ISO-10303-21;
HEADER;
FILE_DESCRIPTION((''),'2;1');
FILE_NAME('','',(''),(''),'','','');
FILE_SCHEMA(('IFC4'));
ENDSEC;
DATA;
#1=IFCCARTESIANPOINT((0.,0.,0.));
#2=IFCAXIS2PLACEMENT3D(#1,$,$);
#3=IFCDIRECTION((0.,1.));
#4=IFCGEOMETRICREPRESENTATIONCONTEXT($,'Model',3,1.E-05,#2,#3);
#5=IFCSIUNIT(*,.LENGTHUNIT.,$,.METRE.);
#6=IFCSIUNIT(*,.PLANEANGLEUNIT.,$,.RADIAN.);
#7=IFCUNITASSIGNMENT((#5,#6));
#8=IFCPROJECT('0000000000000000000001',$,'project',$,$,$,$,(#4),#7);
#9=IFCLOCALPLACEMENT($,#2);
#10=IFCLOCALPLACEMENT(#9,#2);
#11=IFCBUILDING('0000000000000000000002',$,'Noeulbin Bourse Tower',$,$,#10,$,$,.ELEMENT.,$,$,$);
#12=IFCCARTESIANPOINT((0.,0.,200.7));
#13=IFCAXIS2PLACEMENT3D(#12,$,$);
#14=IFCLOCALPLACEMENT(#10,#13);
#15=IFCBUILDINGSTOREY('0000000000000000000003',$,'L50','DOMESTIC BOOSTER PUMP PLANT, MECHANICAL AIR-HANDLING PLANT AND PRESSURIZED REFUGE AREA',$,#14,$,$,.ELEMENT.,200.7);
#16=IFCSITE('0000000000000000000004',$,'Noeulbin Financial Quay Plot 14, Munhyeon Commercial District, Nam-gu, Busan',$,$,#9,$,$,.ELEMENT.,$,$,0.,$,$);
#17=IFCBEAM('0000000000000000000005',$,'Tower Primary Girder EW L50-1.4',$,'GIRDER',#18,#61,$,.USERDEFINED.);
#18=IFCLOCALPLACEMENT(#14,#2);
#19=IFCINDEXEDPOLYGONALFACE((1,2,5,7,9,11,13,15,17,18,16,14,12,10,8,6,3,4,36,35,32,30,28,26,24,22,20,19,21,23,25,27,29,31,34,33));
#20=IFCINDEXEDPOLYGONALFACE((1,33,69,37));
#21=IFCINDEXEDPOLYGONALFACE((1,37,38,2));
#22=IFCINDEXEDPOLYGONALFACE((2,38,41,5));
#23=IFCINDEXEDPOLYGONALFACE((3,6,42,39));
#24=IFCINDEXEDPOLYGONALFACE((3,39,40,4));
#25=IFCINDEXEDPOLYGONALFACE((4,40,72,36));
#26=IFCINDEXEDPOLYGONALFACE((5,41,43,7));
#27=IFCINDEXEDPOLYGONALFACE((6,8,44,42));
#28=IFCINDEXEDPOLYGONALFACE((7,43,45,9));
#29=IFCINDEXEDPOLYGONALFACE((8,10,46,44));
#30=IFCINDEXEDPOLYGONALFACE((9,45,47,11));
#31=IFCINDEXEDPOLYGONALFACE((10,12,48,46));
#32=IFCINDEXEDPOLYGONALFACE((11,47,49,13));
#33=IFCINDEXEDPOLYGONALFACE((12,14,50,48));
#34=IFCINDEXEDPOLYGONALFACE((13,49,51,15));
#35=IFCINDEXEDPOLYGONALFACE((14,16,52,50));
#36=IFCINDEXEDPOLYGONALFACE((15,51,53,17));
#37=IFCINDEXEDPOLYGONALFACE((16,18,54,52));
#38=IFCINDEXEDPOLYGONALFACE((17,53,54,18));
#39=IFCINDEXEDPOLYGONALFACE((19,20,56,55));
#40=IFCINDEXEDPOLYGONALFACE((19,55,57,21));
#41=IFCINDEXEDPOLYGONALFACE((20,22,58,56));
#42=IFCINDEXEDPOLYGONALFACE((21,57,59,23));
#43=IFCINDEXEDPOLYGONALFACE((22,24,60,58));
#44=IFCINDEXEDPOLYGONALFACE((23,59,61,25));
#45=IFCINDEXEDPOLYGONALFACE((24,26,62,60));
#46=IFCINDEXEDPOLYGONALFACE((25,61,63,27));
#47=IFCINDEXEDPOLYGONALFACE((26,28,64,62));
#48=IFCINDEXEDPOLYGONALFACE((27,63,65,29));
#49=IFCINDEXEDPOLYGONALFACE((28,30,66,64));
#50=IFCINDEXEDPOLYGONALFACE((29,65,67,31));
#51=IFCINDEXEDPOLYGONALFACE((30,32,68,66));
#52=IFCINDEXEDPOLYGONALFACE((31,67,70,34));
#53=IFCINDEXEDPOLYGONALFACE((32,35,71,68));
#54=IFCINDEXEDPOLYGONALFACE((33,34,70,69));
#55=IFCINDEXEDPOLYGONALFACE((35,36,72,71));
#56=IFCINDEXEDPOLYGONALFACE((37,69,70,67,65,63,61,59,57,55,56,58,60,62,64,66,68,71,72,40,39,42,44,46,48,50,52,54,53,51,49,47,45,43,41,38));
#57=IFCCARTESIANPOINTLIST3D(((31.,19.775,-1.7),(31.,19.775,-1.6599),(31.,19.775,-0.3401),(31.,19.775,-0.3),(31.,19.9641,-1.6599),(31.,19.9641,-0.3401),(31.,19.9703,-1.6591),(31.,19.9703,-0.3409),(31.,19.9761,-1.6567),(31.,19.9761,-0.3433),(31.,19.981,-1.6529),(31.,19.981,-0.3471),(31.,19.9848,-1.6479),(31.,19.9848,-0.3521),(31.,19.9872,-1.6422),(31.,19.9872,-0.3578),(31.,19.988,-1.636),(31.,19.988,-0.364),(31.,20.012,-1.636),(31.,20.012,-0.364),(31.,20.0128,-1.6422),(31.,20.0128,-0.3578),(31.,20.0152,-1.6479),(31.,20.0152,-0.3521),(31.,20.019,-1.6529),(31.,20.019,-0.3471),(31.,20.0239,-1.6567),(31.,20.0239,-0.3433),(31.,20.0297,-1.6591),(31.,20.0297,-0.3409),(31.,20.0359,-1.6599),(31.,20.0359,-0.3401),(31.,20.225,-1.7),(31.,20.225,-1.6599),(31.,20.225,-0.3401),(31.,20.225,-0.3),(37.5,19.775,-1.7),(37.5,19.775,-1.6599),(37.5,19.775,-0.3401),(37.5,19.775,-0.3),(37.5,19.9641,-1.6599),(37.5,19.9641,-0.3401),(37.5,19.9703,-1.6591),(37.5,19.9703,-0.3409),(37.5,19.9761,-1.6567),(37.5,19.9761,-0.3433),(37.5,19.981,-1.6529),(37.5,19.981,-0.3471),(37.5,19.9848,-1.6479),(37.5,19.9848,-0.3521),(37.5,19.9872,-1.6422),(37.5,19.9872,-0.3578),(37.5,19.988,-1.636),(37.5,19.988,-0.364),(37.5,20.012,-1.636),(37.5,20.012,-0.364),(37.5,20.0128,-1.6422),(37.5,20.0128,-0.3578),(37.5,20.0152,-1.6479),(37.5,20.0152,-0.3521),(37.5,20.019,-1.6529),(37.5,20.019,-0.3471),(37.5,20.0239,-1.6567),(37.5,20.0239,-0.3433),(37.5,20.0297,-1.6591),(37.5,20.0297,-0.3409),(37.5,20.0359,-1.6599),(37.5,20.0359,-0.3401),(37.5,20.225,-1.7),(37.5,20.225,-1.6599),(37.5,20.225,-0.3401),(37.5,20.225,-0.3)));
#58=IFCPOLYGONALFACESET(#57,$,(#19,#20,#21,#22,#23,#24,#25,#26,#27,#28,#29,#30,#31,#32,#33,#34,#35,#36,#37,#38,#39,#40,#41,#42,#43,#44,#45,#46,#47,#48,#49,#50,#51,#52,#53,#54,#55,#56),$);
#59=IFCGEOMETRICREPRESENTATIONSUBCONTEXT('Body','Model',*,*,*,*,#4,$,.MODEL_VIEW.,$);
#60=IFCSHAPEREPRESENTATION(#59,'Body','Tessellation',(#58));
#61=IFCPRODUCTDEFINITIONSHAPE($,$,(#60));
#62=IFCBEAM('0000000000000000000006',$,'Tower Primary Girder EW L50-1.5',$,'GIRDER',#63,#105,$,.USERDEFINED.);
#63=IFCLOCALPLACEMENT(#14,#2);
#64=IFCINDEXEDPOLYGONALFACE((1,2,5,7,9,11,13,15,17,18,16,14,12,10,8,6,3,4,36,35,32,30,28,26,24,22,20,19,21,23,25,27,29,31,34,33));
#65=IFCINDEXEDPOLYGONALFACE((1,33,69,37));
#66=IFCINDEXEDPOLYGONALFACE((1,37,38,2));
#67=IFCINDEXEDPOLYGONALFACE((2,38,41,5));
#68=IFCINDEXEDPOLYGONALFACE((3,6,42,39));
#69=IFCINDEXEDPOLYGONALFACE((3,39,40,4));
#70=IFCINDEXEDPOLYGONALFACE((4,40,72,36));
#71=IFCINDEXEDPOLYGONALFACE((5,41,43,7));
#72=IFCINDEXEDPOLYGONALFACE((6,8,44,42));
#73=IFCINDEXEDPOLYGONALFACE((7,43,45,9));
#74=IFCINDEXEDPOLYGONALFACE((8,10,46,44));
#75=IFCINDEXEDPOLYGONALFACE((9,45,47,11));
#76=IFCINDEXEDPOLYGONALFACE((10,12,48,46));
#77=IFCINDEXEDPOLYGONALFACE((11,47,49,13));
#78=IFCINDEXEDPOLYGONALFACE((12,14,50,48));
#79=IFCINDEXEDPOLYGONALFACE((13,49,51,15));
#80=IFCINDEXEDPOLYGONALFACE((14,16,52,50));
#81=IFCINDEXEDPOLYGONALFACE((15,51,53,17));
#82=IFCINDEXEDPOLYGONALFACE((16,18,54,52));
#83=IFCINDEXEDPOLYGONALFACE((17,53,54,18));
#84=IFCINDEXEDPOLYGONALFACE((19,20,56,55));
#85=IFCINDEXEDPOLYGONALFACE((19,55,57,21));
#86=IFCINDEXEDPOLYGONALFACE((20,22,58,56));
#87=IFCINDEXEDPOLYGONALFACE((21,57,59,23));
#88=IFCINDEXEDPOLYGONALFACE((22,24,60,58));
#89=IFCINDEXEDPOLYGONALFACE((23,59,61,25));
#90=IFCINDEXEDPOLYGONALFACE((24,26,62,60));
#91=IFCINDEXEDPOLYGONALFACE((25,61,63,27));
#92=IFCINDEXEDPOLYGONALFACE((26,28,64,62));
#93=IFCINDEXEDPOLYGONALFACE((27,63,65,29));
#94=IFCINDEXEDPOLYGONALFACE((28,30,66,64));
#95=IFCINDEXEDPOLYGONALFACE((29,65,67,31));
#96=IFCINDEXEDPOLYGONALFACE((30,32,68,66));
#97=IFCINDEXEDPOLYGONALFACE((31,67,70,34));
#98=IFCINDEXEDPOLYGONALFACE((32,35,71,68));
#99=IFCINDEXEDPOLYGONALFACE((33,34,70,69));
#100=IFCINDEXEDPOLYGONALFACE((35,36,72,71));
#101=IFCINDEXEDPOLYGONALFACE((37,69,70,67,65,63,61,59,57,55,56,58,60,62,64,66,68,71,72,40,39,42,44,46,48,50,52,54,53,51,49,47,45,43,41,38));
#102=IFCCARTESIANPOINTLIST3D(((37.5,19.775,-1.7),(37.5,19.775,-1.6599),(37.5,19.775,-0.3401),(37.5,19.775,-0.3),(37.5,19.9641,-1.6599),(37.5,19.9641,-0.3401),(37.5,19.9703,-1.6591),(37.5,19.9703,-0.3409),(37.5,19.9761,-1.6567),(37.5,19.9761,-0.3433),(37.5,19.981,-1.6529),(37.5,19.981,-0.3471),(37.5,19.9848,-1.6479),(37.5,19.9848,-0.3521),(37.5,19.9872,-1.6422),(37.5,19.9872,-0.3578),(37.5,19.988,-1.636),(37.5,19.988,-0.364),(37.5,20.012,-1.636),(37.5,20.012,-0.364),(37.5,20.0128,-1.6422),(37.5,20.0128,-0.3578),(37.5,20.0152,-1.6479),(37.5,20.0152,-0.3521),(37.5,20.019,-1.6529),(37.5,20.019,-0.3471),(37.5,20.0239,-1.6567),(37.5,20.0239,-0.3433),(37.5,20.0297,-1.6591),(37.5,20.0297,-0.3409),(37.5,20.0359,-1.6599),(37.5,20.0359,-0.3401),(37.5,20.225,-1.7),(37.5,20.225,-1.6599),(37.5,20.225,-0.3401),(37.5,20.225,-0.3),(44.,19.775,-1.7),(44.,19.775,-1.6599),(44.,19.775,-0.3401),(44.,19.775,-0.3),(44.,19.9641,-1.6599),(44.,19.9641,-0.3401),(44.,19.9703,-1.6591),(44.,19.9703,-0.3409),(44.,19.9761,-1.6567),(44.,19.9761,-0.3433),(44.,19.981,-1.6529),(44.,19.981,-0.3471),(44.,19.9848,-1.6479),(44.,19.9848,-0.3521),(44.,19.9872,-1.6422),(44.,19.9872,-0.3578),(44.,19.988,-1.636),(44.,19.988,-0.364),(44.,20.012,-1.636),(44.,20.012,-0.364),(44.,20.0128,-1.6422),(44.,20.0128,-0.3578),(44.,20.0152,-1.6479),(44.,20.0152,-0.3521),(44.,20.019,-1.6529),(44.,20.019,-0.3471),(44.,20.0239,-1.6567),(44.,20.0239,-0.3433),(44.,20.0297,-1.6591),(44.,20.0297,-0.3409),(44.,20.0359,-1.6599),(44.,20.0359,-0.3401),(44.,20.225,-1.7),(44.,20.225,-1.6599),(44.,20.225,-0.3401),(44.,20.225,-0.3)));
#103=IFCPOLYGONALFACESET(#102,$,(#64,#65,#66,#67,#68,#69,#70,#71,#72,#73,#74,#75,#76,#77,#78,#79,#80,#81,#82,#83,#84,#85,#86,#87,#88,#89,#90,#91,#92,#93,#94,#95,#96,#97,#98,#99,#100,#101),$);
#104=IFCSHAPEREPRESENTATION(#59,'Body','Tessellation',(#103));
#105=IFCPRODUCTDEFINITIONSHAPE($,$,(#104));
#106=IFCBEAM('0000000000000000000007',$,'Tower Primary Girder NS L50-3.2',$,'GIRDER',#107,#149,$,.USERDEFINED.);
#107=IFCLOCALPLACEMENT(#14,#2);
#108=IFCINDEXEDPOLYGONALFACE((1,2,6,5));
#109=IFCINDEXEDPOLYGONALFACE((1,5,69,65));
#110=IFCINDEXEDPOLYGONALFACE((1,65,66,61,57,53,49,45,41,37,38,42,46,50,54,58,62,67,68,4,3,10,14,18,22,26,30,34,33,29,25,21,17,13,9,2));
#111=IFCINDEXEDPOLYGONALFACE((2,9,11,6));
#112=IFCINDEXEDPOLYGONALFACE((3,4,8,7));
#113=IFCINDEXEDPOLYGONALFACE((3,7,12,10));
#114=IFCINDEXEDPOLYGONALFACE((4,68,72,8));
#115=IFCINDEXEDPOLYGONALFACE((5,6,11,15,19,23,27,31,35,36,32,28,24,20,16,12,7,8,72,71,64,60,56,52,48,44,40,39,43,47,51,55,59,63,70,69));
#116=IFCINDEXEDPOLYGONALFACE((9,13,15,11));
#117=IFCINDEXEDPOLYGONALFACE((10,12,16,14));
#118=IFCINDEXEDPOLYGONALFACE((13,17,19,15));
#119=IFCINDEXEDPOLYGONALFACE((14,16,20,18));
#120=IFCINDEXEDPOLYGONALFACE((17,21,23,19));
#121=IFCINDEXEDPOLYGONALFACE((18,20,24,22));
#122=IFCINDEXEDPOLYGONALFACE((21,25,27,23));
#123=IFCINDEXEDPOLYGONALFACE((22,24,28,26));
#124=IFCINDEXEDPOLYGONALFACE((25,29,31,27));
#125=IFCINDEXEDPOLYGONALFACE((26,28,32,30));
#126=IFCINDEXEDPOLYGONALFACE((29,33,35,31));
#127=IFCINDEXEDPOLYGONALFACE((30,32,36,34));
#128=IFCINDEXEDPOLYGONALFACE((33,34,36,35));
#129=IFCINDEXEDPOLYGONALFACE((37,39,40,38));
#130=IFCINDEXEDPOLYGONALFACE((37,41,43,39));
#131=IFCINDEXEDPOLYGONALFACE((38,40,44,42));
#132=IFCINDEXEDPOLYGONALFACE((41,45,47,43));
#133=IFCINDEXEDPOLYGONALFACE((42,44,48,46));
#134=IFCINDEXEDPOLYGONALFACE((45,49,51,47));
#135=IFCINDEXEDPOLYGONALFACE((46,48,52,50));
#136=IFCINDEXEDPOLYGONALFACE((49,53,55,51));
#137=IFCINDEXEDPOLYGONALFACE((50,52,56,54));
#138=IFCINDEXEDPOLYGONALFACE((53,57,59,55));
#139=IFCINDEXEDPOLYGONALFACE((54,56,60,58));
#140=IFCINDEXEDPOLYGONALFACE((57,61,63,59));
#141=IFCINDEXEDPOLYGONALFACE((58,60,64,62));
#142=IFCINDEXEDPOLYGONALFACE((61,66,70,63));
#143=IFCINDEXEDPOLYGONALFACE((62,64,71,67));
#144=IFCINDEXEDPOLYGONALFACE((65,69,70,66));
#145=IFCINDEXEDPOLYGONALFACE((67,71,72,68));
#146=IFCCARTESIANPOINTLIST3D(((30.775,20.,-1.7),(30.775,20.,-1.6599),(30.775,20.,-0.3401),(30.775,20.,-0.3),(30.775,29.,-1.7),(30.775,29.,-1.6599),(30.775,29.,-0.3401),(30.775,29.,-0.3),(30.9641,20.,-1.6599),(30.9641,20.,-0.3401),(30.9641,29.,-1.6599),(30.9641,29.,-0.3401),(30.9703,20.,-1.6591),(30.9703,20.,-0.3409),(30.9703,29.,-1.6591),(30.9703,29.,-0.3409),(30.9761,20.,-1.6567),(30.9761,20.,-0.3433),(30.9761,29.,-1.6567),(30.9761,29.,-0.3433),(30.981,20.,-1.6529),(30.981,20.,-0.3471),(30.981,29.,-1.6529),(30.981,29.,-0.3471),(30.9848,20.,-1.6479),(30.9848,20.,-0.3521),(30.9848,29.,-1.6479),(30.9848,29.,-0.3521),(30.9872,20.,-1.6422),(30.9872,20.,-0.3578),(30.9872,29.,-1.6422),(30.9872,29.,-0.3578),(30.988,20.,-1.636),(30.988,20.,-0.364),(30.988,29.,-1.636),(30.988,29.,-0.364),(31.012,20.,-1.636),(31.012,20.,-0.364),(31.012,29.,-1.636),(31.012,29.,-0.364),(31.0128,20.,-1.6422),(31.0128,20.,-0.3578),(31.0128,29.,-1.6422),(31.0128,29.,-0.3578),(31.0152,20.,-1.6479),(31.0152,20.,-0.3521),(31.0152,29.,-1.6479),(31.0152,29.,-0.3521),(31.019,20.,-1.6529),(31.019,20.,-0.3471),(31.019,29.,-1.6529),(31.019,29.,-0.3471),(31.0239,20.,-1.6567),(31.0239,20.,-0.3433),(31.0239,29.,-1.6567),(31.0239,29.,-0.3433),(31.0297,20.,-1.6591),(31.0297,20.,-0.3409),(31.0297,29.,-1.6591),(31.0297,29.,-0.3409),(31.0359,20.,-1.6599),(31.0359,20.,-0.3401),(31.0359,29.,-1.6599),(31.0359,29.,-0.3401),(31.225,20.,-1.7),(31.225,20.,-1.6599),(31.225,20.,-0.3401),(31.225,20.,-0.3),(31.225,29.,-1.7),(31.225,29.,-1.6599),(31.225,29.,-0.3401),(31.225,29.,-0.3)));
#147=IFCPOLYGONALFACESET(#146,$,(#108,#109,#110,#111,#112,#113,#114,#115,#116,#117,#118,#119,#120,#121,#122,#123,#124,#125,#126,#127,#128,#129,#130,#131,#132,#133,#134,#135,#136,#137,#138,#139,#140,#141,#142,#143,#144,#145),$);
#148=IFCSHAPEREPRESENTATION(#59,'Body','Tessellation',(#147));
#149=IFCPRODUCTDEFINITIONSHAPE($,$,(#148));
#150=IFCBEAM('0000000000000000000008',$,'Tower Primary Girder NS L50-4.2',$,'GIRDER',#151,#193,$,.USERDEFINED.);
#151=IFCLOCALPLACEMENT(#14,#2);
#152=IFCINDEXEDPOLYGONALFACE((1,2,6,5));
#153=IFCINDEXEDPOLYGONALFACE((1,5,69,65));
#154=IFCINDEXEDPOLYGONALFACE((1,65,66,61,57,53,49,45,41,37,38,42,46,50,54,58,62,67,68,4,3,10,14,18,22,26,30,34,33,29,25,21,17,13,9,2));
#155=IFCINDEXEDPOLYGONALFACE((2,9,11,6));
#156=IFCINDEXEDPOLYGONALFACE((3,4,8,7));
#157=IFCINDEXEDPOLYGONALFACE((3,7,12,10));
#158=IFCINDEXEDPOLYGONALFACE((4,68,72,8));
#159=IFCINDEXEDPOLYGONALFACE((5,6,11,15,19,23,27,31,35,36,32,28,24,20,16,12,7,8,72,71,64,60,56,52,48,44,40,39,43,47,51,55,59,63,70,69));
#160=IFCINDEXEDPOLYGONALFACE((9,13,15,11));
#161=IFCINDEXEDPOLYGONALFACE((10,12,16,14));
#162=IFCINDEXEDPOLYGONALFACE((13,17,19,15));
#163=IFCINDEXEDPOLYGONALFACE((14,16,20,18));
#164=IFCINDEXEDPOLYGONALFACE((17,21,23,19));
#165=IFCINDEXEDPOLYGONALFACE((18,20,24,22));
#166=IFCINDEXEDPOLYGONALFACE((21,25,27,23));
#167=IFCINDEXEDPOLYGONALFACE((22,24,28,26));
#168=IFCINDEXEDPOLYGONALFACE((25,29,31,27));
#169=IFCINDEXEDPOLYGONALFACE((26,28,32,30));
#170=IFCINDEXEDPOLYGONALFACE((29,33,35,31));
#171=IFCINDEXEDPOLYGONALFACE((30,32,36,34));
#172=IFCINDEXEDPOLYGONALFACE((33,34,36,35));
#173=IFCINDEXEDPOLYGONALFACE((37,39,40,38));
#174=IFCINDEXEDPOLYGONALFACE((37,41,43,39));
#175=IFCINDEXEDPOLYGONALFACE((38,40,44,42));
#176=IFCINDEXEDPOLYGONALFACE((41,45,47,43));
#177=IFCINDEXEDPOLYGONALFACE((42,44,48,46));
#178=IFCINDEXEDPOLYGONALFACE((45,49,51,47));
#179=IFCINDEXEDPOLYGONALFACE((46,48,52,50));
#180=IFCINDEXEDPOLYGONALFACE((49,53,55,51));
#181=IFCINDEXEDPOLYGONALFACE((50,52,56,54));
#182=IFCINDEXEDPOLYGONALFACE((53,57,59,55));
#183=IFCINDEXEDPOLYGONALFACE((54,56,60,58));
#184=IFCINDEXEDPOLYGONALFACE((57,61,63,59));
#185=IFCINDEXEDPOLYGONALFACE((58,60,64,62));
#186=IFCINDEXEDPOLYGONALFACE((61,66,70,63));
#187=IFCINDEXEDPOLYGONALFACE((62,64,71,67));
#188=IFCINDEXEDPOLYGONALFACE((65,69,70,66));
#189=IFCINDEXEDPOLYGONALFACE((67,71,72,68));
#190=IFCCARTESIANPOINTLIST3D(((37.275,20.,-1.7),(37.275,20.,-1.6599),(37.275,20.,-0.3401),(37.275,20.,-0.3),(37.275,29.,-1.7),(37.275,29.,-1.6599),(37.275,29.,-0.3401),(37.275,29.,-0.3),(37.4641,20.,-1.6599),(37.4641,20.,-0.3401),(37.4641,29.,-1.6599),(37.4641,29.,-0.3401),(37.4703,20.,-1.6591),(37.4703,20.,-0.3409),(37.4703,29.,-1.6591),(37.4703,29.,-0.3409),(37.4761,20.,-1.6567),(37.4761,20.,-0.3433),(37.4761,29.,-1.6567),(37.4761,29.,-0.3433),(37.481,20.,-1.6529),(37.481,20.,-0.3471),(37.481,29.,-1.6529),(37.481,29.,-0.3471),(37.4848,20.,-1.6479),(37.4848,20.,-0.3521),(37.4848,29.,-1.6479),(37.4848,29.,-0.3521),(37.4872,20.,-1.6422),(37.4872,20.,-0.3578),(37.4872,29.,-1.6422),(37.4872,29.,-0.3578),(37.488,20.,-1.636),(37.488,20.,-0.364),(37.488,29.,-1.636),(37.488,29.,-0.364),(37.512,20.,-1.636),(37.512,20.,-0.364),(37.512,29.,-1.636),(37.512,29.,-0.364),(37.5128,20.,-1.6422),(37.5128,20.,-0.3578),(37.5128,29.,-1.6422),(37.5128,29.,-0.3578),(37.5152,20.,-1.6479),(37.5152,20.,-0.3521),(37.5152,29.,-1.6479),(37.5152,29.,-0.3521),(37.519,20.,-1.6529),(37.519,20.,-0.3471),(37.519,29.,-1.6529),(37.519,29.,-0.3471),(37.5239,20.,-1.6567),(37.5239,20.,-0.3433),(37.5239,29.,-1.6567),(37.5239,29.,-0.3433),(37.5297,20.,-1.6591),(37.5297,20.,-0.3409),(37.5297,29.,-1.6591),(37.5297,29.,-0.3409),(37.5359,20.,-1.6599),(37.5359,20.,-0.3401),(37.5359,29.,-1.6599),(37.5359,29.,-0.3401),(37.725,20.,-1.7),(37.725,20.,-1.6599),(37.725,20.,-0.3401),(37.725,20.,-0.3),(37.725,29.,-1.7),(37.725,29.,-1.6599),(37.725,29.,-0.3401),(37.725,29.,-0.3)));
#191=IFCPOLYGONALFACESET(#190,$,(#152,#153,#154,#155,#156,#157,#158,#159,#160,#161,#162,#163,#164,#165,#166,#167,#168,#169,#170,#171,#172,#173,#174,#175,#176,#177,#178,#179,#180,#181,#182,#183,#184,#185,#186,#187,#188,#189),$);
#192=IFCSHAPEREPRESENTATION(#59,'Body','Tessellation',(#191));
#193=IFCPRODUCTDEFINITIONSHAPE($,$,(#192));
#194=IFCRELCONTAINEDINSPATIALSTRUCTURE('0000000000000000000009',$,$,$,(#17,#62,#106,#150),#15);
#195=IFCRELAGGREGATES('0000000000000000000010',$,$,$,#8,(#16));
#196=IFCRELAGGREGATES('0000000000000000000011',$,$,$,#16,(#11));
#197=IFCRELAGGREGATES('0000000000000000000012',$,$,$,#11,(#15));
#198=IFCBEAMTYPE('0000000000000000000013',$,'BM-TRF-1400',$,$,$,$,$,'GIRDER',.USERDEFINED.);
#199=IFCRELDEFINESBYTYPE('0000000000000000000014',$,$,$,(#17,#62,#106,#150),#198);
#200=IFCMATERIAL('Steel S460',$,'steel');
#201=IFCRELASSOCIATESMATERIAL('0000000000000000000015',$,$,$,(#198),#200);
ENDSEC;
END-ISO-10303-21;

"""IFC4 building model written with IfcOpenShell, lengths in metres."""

from ifc_helpers import new_model, si_unit, direction, frame, origin, origin_2d, place, context, subcontext, project, spatial, i_section, extrude, material, material_profile, profile_set, type_object, element, save


model = new_model("IFC4")

# Units and contexts
model_context = context("Model", 3, precision=1e-05, world=origin(), true_north=direction((0.0, 1.0)))
body_context = subcontext(model_context, "Body", "Model", "MODEL_VIEW")
ifc_project = project(units=[si_unit("LENGTHUNIT", "METRE"), si_unit("PLANEANGLEUNIT", "RADIAN")], contexts=[model_context])

# Site, building, storey
site_placement = place(None, origin())
site = spatial("IfcSite", under=ifc_project, at=site_placement, Name="Noeulbin Financial Quay Plot 14, Munhyeon Commercial District, Nam-gu, Busan", CompositionType="ELEMENT", RefElevation=0.0)
building_placement = place(site_placement, origin())
building = spatial("IfcBuilding", under=site, at=building_placement, Name="Noeulbin Bourse Tower", CompositionType="ELEMENT")
storey_placement = place(building_placement, frame((0.0, 0.0, 200.7)))
storey = spatial("IfcBuildingStorey", under=building, at=storey_placement, Name="L50", Description="DOMESTIC BOOSTER PUMP PLANT, MECHANICAL AIR-HANDLING PLANT AND PRESSURIZED REFUGE AREA", CompositionType="ELEMENT", Elevation=200.7)

# Shared definitions
ifc_material_1 = material(Name="Steel S460", Category="steel")

# Beams
ifc_material_profile_1 = material_profile(ifc_material_1, i_section(OverallWidth=0.45, OverallDepth=1.3999, WebThickness=0.0239, FlangeThickness=0.04, FilletRadius=0.0239, at=origin_2d()), Name="PG-1400x450x24x40", Category="LoadBearing")
ifc_profile_set_1 = profile_set([ifc_material_profile_1], Name="Steel S460")
beam_type_1 = type_object("IfcBeamType", Name="BM-TRF-1400", ElementType="GIRDER", PredefinedType="USERDEFINED", material=ifc_profile_set_1)
for number, where, z_axis, x_axis, name in (
    (1, (31.0, 20.0, -1.0), (1.0, 0.0, 0.0), (0.0, 1.0, 0.0), "Tower Primary Girder EW L50-1.4"),
    (2, (37.5, 20.0, -1.0), (1.0, 0.0, 0.0), (0.0, 1.0, 0.0), "Tower Primary Girder EW L50-1.5"),
):
    element("IfcBeam", number, at=place(storey_placement, frame(where, z_axis=z_axis, x_axis=x_axis)), inside=storey, type_object=beam_type_1, Name=name, ObjectType="GIRDER", PredefinedType="USERDEFINED", context=body_context, shape_type="SweptSolid", body=[
        extrude(i_section(OverallWidth=0.45, OverallDepth=1.3999, WebThickness=0.0239, FlangeThickness=0.04, FilletRadius=0.0239, at=origin_2d()), origin(), (0.0, 0.0, 1.0), 6.5),
    ])
for number, where, z_axis, x_axis, name in (
    (3, (31.0, 20.0, -1.0), (0.0, 1.0, 0.0), (-1.0, 0.0, 0.0), "Tower Primary Girder NS L50-3.2"),
    (4, (37.5, 20.0, -1.0), (0.0, 1.0, 0.0), (-1.0, 0.0, 0.0), "Tower Primary Girder NS L50-4.2"),
):
    element("IfcBeam", number, at=place(storey_placement, frame(where, z_axis=z_axis, x_axis=x_axis)), inside=storey, type_object=beam_type_1, Name=name, ObjectType="GIRDER", PredefinedType="USERDEFINED", context=body_context, shape_type="SweptSolid", body=[
        extrude(i_section(OverallWidth=0.45, OverallDepth=1.3999, WebThickness=0.0239, FlangeThickness=0.04, FilletRadius=0.0239, at=origin_2d()), origin(), (0.0, 0.0, 1.0), 9.0),
    ])

save(model, "model.ifc")
